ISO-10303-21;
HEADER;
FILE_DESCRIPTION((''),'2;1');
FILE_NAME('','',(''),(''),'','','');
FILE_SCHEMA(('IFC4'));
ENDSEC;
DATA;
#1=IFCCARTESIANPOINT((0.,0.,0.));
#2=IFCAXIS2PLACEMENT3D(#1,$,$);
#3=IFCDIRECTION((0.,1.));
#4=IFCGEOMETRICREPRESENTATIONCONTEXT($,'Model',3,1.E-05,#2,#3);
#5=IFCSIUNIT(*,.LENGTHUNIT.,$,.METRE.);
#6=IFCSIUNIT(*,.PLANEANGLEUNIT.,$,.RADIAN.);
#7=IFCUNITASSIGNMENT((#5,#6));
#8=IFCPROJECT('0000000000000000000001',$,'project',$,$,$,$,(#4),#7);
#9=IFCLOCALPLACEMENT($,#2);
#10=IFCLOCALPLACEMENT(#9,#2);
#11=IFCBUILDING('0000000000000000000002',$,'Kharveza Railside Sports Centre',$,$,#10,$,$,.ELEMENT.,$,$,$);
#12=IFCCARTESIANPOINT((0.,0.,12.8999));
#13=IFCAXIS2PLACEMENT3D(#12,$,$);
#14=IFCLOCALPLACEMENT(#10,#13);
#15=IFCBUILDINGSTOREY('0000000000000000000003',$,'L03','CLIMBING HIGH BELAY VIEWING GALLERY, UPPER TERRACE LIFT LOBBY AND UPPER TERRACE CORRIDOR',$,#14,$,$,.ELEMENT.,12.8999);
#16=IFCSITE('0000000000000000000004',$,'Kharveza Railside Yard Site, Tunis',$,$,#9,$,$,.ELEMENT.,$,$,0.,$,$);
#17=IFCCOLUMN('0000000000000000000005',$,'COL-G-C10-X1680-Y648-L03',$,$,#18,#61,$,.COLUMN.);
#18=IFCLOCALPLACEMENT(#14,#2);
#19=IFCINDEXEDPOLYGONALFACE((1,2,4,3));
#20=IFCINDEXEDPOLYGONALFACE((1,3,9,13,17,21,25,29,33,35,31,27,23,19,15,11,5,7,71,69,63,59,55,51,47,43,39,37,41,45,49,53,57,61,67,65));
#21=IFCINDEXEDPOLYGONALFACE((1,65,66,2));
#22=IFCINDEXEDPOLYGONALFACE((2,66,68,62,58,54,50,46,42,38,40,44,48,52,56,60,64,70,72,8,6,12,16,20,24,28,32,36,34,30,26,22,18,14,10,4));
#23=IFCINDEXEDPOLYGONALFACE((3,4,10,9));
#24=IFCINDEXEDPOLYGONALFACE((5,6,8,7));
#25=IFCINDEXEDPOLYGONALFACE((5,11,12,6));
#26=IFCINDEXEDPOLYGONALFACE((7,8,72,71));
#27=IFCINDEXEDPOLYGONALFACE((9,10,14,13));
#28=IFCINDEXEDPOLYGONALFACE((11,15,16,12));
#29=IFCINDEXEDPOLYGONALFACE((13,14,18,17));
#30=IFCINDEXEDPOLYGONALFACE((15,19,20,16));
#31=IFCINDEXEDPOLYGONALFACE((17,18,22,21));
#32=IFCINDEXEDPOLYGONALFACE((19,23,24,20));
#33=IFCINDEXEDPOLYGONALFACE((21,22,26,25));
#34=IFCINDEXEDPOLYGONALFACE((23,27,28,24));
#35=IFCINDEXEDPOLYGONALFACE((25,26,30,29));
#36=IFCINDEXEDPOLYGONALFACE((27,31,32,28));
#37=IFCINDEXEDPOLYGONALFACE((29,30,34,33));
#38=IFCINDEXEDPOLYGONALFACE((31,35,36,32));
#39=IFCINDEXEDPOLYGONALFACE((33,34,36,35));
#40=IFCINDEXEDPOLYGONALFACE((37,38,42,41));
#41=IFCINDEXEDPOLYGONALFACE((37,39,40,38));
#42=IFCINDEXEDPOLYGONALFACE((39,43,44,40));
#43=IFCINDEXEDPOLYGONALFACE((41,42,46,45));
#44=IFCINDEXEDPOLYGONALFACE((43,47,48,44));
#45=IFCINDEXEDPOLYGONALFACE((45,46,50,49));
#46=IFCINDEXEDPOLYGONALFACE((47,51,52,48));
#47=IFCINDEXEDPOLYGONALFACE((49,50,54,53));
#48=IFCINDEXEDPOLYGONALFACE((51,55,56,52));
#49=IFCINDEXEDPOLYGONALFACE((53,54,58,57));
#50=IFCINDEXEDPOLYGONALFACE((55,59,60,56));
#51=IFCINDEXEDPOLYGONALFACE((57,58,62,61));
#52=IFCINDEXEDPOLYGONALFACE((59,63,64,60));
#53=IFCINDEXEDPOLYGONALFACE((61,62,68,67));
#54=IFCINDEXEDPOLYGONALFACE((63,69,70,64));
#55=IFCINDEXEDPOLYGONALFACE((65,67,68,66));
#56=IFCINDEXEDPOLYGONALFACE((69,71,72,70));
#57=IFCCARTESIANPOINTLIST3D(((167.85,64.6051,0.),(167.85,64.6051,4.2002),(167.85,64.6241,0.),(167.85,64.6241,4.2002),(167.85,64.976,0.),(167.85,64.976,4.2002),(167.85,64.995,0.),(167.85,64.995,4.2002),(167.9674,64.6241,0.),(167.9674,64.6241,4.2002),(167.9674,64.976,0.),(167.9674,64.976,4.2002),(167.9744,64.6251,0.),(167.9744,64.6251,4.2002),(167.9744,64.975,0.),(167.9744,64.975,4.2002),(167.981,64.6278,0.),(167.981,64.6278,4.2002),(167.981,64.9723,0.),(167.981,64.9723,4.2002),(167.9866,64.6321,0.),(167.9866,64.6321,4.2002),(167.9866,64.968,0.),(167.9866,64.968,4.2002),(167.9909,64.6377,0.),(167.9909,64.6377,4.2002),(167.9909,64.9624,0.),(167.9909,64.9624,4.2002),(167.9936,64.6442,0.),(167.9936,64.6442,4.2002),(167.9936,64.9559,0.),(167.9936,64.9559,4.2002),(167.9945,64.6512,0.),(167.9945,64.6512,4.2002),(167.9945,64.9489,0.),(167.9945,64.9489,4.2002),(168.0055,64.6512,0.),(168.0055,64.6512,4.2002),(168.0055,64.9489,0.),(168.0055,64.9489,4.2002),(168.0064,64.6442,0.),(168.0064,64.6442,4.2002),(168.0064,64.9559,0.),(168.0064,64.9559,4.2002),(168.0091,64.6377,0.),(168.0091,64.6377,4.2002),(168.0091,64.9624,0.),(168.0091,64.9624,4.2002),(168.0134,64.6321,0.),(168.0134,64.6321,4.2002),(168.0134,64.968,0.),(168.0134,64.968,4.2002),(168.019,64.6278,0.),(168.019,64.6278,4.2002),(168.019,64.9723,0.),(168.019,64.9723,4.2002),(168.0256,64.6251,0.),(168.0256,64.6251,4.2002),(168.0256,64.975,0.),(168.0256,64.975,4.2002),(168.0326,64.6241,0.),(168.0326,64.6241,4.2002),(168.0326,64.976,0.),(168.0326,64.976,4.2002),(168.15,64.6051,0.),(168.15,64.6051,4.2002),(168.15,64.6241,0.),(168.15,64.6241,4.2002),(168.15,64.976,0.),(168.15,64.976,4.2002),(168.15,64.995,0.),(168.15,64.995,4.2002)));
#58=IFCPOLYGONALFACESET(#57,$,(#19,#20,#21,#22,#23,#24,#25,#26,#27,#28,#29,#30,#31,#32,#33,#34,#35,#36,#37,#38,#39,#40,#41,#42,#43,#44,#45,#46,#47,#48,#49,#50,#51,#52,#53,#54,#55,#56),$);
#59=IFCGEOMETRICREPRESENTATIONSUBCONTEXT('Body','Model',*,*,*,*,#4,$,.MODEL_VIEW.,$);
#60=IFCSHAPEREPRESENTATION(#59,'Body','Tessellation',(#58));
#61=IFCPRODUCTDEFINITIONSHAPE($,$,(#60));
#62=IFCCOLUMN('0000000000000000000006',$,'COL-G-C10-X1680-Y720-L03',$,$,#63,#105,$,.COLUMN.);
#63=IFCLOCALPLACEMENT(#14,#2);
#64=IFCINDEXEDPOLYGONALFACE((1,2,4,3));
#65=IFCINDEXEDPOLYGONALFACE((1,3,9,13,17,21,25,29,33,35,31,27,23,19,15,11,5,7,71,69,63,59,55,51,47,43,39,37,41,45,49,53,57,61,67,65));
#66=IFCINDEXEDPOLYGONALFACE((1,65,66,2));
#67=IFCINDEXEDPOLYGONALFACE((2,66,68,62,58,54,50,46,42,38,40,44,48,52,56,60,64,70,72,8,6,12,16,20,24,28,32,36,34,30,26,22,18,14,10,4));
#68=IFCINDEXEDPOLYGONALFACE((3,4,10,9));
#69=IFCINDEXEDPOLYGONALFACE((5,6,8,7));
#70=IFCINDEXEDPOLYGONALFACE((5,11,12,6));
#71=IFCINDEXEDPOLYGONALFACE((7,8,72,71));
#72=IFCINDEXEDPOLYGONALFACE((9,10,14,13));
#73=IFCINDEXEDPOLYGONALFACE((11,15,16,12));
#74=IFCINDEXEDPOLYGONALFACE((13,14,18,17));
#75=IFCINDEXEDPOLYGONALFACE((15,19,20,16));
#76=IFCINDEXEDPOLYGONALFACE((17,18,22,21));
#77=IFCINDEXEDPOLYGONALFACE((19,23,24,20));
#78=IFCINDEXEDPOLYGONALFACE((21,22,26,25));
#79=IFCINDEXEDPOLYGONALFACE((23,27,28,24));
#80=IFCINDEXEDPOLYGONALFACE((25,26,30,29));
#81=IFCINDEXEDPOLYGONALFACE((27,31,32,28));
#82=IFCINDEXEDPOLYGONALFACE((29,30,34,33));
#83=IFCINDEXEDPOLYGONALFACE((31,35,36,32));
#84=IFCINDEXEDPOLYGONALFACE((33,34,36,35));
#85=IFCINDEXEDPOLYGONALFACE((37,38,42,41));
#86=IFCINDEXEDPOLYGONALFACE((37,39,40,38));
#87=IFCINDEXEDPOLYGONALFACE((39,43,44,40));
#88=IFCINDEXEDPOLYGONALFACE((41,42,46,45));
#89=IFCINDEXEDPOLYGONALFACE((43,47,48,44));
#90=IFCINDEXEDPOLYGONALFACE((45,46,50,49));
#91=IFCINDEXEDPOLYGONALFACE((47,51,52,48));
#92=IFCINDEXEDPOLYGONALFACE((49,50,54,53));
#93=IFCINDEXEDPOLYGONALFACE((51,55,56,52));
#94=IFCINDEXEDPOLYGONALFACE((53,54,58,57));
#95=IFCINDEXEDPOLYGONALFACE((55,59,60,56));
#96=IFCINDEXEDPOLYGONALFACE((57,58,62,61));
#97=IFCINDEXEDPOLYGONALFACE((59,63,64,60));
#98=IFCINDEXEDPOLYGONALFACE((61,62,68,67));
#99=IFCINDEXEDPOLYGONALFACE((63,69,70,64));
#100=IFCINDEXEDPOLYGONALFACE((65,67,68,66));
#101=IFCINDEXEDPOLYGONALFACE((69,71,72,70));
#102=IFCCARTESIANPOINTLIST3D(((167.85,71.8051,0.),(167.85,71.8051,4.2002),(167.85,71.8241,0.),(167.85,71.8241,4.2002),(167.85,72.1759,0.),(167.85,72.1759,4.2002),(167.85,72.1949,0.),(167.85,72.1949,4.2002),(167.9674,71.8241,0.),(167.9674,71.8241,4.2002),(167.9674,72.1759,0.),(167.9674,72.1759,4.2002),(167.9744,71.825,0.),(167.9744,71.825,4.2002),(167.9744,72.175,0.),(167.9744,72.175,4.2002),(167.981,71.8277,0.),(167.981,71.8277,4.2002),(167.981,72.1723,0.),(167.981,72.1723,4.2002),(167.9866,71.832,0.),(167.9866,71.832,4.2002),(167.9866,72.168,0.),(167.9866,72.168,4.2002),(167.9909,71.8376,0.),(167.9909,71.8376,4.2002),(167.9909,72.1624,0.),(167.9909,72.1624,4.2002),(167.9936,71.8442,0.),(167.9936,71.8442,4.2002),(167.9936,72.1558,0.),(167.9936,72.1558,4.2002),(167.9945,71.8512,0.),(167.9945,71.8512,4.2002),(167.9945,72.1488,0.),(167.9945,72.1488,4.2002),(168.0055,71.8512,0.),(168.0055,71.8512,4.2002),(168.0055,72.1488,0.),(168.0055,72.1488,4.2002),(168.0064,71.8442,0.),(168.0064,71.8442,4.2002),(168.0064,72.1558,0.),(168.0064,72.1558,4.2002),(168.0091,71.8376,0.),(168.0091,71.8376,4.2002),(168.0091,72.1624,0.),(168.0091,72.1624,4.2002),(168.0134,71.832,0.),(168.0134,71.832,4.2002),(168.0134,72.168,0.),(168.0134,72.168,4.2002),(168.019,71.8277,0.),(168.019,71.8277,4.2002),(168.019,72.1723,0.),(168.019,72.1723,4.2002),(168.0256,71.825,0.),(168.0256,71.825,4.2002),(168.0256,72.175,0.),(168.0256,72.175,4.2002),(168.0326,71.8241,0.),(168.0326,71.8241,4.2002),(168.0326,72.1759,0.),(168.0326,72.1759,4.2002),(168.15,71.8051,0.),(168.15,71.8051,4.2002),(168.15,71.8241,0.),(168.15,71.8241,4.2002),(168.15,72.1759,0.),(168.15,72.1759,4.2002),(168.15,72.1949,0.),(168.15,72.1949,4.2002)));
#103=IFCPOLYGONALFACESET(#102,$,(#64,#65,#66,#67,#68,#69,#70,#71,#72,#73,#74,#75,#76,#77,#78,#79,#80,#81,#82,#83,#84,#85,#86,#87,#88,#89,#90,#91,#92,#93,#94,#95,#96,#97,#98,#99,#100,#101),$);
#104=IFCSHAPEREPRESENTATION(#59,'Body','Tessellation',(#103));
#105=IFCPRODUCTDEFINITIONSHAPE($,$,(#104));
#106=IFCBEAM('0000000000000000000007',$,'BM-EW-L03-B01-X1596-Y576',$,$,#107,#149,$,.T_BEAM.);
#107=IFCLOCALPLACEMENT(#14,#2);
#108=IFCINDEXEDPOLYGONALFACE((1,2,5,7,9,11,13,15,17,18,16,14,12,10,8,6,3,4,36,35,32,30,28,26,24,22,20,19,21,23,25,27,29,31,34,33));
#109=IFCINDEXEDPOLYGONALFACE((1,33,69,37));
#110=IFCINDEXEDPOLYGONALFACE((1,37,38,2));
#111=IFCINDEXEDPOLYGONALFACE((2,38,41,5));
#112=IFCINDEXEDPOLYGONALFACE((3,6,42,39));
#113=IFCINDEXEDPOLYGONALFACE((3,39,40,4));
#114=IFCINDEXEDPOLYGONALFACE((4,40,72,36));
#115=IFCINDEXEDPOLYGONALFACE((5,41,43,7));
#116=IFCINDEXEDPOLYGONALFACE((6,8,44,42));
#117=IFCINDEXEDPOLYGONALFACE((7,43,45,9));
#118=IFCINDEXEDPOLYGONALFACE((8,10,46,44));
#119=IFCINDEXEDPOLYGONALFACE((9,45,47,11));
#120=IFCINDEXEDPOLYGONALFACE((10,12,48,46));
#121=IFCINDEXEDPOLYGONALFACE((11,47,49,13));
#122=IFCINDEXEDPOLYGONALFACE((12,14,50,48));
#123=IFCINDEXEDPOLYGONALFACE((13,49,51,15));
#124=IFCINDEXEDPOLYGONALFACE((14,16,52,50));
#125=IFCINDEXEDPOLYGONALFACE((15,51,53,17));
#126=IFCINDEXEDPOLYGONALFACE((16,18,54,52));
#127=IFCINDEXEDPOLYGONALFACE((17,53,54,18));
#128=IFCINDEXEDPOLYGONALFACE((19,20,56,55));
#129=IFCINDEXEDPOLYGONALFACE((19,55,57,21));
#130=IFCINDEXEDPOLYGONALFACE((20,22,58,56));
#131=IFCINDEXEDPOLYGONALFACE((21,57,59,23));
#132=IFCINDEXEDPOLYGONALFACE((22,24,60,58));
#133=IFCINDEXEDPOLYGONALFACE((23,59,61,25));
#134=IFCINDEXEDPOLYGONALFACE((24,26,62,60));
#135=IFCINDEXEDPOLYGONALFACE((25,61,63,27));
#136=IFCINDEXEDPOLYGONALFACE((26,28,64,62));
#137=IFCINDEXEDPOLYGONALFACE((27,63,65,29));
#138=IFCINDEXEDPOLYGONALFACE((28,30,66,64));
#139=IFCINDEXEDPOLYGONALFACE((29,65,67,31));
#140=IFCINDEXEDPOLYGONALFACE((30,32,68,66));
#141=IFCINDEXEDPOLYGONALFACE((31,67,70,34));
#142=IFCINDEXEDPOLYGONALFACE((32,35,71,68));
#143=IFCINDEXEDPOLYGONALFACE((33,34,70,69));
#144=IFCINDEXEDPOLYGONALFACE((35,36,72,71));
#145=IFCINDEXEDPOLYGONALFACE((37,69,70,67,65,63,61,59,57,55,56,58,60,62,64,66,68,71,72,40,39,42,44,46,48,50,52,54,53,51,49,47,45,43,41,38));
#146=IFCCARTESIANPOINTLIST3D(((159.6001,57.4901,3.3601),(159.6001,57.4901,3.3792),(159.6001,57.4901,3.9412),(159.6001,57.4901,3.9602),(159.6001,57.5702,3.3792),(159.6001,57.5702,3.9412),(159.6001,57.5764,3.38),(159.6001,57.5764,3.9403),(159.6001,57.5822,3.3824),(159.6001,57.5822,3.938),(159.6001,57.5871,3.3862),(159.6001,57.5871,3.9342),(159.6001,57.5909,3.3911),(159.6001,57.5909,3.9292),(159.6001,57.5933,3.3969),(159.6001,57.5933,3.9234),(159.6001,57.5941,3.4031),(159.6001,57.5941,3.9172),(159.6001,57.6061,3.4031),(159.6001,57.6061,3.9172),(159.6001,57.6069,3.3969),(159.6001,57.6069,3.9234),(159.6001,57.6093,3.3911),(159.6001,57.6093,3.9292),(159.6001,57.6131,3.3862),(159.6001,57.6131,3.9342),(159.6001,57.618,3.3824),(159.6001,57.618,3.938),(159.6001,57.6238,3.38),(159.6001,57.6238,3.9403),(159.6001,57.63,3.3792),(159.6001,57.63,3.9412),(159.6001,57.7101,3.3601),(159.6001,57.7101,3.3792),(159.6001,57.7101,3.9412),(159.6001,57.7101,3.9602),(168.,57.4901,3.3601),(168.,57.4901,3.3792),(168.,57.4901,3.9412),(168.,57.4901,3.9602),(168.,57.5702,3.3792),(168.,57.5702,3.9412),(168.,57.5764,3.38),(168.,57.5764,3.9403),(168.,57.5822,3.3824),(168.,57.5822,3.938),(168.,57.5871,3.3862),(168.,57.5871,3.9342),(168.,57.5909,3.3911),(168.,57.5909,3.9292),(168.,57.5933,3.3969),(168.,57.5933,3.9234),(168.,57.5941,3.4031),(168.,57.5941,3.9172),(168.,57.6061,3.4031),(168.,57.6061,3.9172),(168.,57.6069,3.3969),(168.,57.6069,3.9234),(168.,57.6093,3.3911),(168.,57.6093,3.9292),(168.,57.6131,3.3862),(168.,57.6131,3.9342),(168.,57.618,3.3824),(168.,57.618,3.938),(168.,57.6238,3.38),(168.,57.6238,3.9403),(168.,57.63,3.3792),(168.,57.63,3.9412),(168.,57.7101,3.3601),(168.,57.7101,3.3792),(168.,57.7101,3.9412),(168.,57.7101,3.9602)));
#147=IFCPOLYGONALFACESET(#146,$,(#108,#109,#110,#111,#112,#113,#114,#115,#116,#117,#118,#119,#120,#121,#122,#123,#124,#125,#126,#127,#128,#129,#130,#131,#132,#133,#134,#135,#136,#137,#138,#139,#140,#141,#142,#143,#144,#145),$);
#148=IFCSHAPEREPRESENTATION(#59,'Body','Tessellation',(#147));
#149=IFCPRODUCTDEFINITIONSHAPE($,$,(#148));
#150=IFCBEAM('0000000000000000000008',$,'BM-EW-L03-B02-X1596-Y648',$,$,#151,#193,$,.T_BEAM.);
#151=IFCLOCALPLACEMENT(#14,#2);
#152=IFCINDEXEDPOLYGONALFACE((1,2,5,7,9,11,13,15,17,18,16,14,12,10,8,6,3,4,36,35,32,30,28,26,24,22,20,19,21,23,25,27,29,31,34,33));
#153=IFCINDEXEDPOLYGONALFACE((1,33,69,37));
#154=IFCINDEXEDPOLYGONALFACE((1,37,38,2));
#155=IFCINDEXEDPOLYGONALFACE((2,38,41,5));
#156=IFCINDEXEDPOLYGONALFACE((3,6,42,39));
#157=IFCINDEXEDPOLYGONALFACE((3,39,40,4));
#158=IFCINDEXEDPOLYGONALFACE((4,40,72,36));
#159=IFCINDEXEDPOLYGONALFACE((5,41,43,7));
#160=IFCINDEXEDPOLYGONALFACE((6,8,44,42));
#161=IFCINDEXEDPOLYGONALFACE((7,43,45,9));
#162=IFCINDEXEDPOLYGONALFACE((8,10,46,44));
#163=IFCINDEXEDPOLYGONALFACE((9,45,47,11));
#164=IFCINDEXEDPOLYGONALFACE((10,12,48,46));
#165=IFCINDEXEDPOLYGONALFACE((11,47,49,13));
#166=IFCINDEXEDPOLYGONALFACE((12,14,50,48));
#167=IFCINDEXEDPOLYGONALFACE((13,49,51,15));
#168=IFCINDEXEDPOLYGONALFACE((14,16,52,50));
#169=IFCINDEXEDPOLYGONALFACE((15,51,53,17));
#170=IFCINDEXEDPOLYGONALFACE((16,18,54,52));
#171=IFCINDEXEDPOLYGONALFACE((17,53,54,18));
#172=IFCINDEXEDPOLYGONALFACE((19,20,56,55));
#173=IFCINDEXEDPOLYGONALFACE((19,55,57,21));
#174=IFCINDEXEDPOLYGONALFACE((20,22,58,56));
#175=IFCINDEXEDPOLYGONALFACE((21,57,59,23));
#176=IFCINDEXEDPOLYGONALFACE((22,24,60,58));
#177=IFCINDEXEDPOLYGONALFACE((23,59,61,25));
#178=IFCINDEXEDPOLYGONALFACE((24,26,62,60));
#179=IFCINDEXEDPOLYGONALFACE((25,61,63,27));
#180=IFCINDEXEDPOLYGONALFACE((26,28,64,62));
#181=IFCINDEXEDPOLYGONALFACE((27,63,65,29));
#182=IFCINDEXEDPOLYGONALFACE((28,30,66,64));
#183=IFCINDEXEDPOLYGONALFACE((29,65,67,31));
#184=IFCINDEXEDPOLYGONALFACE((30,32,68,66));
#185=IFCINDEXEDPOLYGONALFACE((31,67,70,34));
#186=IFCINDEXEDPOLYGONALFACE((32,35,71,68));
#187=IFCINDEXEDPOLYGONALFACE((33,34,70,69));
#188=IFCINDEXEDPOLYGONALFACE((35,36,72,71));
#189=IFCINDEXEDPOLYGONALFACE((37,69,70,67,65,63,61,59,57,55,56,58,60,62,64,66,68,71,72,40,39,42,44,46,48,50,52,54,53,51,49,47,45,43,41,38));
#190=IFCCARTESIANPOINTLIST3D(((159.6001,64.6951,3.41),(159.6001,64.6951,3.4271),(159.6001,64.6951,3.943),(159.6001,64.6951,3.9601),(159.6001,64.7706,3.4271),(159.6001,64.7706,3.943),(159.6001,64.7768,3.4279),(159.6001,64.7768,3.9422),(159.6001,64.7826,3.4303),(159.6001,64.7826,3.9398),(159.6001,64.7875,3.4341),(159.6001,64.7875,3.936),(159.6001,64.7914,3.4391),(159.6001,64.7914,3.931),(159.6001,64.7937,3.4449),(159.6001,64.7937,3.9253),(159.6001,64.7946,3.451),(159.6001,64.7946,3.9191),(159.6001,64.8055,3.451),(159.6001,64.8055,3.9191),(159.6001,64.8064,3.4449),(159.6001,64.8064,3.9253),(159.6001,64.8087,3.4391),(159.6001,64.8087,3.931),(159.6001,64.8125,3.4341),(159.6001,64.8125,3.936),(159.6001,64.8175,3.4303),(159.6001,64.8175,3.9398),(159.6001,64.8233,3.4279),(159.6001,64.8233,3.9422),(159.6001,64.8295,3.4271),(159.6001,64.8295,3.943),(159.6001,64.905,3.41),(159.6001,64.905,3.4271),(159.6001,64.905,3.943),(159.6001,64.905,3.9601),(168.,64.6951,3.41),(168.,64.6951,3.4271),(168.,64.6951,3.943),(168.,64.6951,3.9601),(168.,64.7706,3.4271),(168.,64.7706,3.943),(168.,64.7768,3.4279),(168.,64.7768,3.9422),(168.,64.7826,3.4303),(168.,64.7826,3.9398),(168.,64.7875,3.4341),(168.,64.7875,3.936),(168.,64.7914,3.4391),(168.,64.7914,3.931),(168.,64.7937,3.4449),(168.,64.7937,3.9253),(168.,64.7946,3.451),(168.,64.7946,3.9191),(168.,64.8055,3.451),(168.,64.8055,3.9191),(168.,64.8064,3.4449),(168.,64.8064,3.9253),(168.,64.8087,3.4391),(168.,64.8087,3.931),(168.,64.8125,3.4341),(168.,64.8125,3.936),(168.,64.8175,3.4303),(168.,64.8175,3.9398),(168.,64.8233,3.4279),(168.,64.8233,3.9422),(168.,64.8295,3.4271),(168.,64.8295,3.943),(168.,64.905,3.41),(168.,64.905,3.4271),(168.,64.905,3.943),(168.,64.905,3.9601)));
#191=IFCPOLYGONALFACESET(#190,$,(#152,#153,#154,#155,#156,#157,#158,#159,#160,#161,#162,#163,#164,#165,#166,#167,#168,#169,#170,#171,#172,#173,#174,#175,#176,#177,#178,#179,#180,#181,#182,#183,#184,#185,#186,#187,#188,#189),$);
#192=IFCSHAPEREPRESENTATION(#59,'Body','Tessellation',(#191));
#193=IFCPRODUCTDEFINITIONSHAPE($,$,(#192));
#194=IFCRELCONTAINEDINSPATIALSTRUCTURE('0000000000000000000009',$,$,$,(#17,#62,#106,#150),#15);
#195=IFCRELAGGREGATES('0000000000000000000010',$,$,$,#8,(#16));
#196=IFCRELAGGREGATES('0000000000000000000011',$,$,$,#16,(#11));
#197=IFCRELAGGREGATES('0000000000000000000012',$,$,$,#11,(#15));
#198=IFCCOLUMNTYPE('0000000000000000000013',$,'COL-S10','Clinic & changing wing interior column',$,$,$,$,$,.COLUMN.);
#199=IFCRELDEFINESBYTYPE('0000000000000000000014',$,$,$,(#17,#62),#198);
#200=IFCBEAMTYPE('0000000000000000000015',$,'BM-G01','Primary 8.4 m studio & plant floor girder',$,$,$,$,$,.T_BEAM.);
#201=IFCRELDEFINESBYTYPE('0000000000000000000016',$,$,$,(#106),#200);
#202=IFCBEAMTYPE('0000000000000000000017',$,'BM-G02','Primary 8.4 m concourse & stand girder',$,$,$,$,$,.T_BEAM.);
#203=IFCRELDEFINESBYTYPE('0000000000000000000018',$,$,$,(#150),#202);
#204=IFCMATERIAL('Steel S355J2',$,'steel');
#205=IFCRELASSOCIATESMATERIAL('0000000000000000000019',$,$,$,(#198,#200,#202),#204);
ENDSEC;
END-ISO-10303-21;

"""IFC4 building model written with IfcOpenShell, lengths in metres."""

from ifc_helpers import new_model, si_unit, direction, frame, origin, origin_2d, place, context, subcontext, project, spatial, i_section, extrude, material, material_profile, profile_set, type_object, element, save


model = new_model("IFC4")

# Units and contexts
model_context = context("Model", 3, precision=1e-05, world=origin(), true_north=direction((0.0, 1.0)))
body_context = subcontext(model_context, "Body", "Model", "MODEL_VIEW")
ifc_project = project(units=[si_unit("LENGTHUNIT", "METRE"), si_unit("PLANEANGLEUNIT", "RADIAN")], contexts=[model_context])

# Site, building, storey
site_placement = place(None, origin())
site = spatial("IfcSite", under=ifc_project, at=site_placement, Name="Kharveza Railside Yard Site, Tunis", CompositionType="ELEMENT", RefElevation=0.0)
building_placement = place(site_placement, origin())
building = spatial("IfcBuilding", under=site, at=building_placement, Name="Kharveza Railside Sports Centre", CompositionType="ELEMENT")
storey_placement = place(building_placement, frame((0.0, 0.0, 12.8999)))
storey = spatial("IfcBuildingStorey", under=building, at=storey_placement, Name="L03", Description="CLIMBING HIGH BELAY VIEWING GALLERY, UPPER TERRACE LIFT LOBBY AND UPPER TERRACE CORRIDOR", CompositionType="ELEMENT", Elevation=12.8999)

# Columns
ifc_material_1 = material(Name="Steel S355J2", Category="steel")
ifc_material_profile_1 = material_profile(ifc_material_1, i_section(OverallWidth=0.3, OverallDepth=0.3899, WebThickness=0.011, FlangeThickness=0.019, FilletRadius=0.0271, at=origin_2d()), Name="HEA 400")
ifc_profile_set_1 = profile_set([ifc_material_profile_1], Name="Steel S355J2")
column_type = type_object("IfcColumnType", Name="COL-S10", Description="Clinic & changing wing interior column", PredefinedType="COLUMN", material=ifc_profile_set_1)
for number, where, z_axis, x_axis, name in (
    (1, (168.0, 64.8, 0.0), (0.0, 0.0, 1.0), (1.0, 0.0, 0.0), "COL-G-C10-X1680-Y648-L03"),
    (2, (168.0, 72.0, 0.0), (0.0, 0.0, 1.0), (1.0, 0.0, 0.0), "COL-G-C10-X1680-Y720-L03"),
):
    element("IfcColumn", number, at=place(storey_placement, frame(where, z_axis=z_axis, x_axis=x_axis)), inside=storey, type_object=column_type, Name=name, PredefinedType="COLUMN", context=body_context, shape_type="SweptSolid", body=[
        extrude(i_section(OverallWidth=0.3, OverallDepth=0.3899, WebThickness=0.011, FlangeThickness=0.019, FilletRadius=0.0271, at=origin_2d()), origin(), (0.0, 0.0, 1.0), 4.2002),
    ])

# Beams
ifc_material_profile_2 = material_profile(ifc_material_1, i_section(OverallWidth=0.22, OverallDepth=0.6001, WebThickness=0.012, FlangeThickness=0.019, FilletRadius=0.0239, at=origin_2d()), Name="IPE 600")
ifc_profile_set_2 = profile_set([ifc_material_profile_2], Name="Steel S355J2")
beam_type_1 = type_object("IfcBeamType", Name="BM-G01", Description="Primary 8.4 m studio & plant floor girder", PredefinedType="T_BEAM", material=ifc_profile_set_2)
beam_1_placement = place(storey_placement, frame((159.6001, 57.6001, 3.6602), z_axis=(1.0, 0.0, 0.0), x_axis=(0.0, 1.0, 0.0)))
element("IfcBeam", 3, at=beam_1_placement, inside=storey, type_object=beam_type_1, Name="BM-EW-L03-B01-X1596-Y576", PredefinedType="T_BEAM", context=body_context, shape_type="SweptSolid", body=[
    extrude(i_section(OverallWidth=0.22, OverallDepth=0.6001, WebThickness=0.012, FlangeThickness=0.019, FilletRadius=0.0239, at=origin_2d()), origin(), (0.0, 0.0, 1.0), 8.3999),
])
ifc_material_profile_3 = material_profile(ifc_material_1, i_section(OverallWidth=0.21, OverallDepth=0.55, WebThickness=0.011, FlangeThickness=0.0171, FilletRadius=0.0239, at=origin_2d()), Name="IPE 550")
ifc_profile_set_3 = profile_set([ifc_material_profile_3], Name="Steel S355J2")
beam_type_2 = type_object("IfcBeamType", Name="BM-G02", Description="Primary 8.4 m concourse & stand girder", PredefinedType="T_BEAM", material=ifc_profile_set_3)
beam_2_placement = place(storey_placement, frame((159.6001, 64.8, 3.6851), z_axis=(1.0, 0.0, 0.0), x_axis=(0.0, 1.0, 0.0)))
element("IfcBeam", 4, at=beam_2_placement, inside=storey, type_object=beam_type_2, Name="BM-EW-L03-B02-X1596-Y648", PredefinedType="T_BEAM", context=body_context, shape_type="SweptSolid", body=[
    extrude(i_section(OverallWidth=0.21, OverallDepth=0.55, WebThickness=0.011, FlangeThickness=0.0171, FilletRadius=0.0239, at=origin_2d()), origin(), (0.0, 0.0, 1.0), 8.3999),
])

save(model, "model.ifc")
